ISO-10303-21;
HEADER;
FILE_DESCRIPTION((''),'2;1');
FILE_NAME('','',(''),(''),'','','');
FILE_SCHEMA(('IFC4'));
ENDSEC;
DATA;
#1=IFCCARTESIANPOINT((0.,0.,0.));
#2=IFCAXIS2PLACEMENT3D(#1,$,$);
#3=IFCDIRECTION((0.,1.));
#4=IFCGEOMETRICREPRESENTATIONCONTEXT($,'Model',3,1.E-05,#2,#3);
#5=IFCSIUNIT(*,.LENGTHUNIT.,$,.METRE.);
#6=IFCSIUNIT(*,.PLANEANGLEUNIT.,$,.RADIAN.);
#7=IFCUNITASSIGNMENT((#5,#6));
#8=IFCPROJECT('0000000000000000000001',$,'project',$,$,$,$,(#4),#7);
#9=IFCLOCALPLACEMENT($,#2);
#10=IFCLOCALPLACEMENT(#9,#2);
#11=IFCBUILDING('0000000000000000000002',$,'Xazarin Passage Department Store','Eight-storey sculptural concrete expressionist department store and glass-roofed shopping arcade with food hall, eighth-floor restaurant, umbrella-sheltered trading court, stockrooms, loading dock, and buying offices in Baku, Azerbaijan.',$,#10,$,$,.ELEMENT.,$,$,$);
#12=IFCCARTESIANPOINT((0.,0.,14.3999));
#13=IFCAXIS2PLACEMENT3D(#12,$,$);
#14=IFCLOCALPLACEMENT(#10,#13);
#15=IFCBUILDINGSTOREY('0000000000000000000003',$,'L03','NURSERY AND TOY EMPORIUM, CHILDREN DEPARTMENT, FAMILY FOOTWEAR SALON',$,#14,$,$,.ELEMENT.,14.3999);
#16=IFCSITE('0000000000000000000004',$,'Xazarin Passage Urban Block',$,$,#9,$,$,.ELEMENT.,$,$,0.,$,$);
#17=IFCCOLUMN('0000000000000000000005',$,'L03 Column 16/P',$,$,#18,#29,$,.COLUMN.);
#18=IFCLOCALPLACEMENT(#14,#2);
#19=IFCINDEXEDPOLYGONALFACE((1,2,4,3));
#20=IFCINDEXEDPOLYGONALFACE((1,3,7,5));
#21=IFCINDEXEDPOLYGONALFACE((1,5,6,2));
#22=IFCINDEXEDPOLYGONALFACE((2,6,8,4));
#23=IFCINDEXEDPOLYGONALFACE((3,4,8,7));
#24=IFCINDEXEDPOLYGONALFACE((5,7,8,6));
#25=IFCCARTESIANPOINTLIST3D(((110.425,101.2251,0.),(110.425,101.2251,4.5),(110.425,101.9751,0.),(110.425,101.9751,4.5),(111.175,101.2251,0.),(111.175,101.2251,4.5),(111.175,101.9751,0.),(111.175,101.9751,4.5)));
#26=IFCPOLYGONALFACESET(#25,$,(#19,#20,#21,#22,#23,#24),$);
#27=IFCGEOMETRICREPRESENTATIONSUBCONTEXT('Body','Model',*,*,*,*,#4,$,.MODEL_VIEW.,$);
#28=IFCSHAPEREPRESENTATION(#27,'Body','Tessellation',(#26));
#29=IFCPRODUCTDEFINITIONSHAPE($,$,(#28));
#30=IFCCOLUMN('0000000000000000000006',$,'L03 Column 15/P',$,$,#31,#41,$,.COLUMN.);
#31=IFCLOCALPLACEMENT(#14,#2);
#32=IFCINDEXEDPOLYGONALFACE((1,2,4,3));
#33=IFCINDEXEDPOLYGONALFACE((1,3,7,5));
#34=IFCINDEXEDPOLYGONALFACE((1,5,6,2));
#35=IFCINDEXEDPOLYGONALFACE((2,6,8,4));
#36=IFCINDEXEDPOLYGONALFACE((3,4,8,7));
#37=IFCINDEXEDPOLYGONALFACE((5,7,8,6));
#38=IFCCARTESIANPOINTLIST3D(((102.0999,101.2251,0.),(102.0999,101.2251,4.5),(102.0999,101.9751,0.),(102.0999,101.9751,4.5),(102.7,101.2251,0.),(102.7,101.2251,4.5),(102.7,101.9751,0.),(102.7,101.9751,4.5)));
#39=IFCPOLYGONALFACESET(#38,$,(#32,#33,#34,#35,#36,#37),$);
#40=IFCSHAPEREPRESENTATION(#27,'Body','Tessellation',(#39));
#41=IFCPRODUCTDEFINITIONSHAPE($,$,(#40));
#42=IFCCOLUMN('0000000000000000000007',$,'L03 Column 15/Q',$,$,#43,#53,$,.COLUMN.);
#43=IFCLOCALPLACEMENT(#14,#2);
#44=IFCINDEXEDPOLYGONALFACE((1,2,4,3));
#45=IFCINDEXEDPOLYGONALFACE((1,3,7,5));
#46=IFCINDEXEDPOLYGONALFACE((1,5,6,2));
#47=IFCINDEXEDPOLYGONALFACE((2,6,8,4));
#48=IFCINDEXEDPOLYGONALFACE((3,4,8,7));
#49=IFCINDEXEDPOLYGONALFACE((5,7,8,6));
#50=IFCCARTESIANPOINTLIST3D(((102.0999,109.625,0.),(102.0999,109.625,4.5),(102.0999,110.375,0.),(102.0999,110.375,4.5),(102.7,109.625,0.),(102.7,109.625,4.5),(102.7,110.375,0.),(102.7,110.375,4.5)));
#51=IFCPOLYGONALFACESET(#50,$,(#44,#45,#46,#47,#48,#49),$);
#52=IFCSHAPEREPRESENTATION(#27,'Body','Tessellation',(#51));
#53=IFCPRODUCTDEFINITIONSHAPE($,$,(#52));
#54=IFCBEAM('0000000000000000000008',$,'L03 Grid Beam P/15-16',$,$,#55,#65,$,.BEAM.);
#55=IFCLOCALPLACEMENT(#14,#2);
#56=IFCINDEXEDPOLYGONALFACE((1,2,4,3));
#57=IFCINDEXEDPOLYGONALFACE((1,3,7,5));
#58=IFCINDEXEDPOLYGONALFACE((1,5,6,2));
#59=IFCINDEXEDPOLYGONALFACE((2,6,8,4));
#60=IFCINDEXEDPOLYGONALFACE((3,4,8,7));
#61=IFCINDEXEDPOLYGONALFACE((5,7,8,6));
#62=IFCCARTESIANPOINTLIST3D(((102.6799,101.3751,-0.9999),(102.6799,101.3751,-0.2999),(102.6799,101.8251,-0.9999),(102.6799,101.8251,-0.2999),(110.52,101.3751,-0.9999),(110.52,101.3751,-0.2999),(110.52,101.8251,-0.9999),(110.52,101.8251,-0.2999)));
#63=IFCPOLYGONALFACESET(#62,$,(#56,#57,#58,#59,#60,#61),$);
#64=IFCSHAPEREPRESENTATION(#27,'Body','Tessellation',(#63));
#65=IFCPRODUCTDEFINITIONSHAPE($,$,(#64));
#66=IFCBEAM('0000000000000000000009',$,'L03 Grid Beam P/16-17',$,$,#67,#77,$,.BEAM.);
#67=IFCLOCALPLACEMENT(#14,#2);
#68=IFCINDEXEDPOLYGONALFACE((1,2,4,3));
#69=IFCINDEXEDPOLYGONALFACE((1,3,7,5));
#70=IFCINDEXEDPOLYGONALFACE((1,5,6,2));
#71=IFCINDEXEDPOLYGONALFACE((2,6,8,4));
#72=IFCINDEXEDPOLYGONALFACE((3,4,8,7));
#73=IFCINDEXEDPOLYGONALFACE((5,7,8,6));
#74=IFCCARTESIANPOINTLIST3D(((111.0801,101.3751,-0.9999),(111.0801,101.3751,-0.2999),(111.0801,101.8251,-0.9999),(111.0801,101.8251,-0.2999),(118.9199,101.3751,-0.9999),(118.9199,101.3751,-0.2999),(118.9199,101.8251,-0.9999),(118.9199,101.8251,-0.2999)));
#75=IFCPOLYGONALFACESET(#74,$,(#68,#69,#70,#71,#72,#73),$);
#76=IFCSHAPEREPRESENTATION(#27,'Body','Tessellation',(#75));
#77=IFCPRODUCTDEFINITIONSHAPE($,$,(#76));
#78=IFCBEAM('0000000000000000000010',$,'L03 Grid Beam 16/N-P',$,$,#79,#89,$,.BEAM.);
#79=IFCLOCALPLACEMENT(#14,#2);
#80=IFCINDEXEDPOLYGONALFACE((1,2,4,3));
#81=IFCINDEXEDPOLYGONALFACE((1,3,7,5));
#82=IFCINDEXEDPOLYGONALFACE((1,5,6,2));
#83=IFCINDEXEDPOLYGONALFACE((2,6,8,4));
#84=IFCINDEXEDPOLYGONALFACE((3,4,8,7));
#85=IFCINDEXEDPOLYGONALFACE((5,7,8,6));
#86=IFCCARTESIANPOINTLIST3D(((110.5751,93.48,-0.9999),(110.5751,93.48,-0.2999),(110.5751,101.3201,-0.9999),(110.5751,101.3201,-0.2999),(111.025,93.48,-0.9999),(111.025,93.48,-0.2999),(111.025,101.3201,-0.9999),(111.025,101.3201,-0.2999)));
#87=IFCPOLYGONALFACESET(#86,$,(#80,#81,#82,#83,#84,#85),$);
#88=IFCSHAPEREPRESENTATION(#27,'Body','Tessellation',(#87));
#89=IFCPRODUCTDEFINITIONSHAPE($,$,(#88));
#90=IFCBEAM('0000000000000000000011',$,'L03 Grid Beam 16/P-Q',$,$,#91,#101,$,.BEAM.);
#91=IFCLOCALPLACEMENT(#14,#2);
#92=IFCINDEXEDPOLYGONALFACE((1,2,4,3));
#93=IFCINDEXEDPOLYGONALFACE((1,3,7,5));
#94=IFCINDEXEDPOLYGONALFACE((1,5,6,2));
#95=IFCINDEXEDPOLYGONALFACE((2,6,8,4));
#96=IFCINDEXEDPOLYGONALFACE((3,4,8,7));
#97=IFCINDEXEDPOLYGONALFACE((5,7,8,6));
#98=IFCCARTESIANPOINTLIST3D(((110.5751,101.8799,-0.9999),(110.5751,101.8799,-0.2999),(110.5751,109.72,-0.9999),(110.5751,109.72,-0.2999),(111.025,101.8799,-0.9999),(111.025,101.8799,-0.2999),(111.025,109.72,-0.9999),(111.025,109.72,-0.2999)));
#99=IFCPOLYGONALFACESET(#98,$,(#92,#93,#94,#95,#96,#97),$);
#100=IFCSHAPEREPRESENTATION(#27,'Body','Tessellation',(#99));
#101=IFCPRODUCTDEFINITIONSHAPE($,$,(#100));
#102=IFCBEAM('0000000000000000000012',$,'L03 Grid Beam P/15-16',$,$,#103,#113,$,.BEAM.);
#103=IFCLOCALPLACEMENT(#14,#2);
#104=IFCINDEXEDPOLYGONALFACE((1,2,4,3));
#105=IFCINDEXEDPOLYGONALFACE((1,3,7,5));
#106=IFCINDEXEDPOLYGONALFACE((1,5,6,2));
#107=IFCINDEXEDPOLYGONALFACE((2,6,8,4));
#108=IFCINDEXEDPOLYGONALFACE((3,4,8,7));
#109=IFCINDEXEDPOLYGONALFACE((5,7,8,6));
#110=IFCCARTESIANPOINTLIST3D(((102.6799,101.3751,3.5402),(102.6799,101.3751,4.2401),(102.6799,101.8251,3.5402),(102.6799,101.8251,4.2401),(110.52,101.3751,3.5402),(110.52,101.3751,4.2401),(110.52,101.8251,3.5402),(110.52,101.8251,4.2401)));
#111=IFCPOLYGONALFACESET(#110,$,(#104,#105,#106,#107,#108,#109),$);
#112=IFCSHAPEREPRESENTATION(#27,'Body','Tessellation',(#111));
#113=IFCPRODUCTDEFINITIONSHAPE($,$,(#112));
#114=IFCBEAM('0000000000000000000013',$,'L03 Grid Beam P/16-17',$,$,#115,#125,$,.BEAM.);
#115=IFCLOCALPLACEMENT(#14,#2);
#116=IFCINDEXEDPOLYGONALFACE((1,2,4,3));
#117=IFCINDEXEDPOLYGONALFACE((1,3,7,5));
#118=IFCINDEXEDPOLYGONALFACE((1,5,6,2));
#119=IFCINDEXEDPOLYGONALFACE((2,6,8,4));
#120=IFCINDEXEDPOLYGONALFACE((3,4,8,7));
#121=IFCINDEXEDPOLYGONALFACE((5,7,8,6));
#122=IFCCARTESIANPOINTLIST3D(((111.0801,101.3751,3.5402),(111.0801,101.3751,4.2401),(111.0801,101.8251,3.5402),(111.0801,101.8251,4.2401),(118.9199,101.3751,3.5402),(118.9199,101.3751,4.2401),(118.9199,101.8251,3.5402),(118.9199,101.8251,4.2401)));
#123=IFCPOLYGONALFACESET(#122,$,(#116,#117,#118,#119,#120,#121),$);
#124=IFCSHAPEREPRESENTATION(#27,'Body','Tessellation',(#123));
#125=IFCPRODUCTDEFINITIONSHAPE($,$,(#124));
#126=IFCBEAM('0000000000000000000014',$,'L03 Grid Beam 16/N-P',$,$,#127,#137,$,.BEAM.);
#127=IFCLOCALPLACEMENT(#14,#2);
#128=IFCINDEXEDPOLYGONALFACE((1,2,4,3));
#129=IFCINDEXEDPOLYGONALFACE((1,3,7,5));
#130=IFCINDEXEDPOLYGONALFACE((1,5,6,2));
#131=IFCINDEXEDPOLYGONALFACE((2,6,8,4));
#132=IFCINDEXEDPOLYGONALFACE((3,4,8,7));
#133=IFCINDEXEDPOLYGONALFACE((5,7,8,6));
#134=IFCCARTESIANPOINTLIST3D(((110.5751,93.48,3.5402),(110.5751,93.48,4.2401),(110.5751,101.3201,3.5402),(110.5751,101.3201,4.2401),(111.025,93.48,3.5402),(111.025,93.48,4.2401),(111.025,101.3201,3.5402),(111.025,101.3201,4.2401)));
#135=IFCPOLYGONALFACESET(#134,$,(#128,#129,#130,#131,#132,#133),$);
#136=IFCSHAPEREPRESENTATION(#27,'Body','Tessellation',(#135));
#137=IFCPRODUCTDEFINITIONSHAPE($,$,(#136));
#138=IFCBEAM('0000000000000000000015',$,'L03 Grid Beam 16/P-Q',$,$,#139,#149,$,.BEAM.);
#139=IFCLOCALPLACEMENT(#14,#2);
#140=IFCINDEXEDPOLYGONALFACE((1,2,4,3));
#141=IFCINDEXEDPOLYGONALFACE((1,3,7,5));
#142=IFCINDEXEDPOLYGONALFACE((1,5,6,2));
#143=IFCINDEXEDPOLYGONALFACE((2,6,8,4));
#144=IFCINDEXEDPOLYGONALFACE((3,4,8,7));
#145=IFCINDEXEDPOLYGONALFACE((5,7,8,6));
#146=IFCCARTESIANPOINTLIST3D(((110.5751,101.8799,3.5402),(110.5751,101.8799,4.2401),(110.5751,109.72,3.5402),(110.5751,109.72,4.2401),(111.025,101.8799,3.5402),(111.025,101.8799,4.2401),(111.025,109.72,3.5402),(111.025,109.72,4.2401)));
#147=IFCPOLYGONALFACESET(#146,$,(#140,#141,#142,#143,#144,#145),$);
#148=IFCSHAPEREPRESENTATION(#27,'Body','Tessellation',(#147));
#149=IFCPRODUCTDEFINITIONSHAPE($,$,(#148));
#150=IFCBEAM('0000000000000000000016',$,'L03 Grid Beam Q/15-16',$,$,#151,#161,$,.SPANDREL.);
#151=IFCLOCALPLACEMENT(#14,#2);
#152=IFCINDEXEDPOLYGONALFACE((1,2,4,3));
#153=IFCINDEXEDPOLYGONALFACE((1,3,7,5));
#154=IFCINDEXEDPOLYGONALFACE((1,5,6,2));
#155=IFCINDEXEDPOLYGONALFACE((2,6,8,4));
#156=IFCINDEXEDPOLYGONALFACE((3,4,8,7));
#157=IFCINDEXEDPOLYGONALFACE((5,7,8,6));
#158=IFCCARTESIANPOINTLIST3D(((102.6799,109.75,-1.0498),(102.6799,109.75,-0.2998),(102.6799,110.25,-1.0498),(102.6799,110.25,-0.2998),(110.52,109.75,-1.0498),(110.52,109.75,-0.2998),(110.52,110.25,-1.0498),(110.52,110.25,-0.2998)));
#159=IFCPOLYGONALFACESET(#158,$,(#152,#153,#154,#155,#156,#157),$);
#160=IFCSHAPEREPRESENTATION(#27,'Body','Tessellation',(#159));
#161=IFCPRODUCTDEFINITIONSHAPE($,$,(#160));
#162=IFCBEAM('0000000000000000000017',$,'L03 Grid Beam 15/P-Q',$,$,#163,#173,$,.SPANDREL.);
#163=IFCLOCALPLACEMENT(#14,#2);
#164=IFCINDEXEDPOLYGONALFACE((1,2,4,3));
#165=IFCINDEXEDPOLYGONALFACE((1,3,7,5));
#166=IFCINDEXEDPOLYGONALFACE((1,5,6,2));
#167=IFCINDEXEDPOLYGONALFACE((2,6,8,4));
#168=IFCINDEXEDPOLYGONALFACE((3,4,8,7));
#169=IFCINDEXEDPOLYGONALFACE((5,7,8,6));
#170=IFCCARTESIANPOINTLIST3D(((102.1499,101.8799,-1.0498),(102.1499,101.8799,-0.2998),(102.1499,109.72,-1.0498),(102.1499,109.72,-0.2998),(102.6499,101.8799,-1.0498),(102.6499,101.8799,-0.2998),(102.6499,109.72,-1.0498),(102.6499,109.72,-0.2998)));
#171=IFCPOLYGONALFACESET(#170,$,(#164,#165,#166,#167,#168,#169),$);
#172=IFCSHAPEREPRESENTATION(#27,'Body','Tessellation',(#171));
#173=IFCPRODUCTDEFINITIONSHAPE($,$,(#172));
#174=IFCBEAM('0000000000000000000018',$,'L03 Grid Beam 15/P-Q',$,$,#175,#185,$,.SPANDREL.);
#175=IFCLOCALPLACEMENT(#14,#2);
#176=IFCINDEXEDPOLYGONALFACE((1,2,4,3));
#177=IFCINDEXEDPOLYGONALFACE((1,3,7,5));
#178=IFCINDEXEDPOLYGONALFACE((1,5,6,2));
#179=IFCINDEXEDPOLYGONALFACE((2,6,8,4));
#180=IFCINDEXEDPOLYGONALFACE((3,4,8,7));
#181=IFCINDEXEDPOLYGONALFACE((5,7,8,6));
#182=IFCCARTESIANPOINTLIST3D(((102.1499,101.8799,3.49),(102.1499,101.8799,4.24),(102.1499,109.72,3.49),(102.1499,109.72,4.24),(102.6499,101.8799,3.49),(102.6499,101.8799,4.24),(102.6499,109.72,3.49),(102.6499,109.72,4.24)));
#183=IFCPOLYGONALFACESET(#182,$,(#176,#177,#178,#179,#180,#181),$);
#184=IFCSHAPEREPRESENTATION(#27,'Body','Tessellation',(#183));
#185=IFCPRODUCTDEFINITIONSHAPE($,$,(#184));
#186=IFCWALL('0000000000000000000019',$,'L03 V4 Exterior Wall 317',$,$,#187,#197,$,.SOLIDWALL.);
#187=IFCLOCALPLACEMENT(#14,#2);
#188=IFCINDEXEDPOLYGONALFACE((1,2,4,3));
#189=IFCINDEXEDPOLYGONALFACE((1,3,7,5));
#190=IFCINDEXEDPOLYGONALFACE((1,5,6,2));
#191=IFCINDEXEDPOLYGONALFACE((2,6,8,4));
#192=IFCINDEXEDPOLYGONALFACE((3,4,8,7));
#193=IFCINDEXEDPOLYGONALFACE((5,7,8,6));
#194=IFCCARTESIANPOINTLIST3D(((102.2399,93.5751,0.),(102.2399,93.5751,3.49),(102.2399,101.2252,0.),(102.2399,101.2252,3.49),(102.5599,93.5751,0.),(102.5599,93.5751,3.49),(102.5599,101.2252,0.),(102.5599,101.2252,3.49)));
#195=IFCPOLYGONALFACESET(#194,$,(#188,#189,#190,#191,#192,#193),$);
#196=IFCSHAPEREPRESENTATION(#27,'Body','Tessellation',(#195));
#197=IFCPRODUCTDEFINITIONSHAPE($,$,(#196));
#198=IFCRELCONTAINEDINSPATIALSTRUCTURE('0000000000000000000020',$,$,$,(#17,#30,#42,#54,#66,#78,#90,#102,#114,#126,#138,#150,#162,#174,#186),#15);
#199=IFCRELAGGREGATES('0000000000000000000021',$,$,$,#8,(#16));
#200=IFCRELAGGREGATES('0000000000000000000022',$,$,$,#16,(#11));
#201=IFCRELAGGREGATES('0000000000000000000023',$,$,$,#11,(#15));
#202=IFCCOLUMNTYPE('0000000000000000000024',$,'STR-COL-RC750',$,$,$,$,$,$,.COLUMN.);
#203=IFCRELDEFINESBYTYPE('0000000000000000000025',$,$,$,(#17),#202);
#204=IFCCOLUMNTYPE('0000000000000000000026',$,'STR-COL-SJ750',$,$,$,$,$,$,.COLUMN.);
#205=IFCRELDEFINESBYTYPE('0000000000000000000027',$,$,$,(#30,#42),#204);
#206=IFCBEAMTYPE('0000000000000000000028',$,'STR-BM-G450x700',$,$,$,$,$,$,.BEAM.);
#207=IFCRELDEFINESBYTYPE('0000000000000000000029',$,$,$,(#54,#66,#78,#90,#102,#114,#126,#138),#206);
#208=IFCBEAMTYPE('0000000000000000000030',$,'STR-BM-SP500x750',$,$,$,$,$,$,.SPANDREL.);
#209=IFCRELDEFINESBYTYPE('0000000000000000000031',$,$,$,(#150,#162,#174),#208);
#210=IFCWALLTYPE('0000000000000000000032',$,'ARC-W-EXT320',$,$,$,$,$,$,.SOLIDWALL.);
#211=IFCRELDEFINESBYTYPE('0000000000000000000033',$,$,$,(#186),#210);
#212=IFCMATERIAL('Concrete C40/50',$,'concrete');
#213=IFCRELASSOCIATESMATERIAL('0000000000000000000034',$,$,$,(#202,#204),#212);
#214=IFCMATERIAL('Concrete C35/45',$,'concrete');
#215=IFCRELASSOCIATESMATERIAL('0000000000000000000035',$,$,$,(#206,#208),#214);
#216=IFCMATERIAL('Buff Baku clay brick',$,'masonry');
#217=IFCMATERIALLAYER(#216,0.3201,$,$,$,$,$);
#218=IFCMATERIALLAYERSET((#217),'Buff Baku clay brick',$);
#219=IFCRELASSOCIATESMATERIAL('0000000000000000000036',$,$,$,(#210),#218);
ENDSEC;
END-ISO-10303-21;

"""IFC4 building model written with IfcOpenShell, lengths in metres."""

from ifc_helpers import new_model, si_unit, direction, frame, frame_2d, origin, origin_2d, place, context, subcontext, project, spatial, rectangle, extrude, material, layer, layer_set, material_profile, profile_set, type_object, element, save


model = new_model("IFC4")

# Units and contexts
model_context = context("Model", 3, precision=1e-05, world=origin(), true_north=direction((0.0, 1.0)))
body_context = subcontext(model_context, "Body", "Model", "MODEL_VIEW")
ifc_project = project(units=[si_unit("LENGTHUNIT", "METRE"), si_unit("PLANEANGLEUNIT", "RADIAN")], contexts=[model_context])

# Site, building, storey
site_placement = place(None, origin())
site = spatial("IfcSite", under=ifc_project, at=site_placement, Name="Xazarin Passage Urban Block", CompositionType="ELEMENT", RefElevation=0.0)
building_placement = place(site_placement, origin())
building = spatial("IfcBuilding", under=site, at=building_placement, Name="Xazarin Passage Department Store", Description="Eight-storey sculptural concrete expressionist department store and glass-roofed shopping arcade with food hall, eighth-floor restaurant, umbrella-sheltered trading court, stockrooms, loading dock, and buying offices in Baku, Azerbaijan.", CompositionType="ELEMENT")
storey_placement = place(building_placement, frame((0.0, 0.0, 14.3999)))
storey = spatial("IfcBuildingStorey", under=building, at=storey_placement, Name="L03", Description="NURSERY AND TOY EMPORIUM, CHILDREN DEPARTMENT, FAMILY FOOTWEAR SALON", CompositionType="ELEMENT", Elevation=14.3999)

# Columns
ifc_material_1 = material(Name="Concrete C40/50", Category="concrete")
ifc_material_profile_1 = material_profile(ifc_material_1, rectangle(XDim=0.75, YDim=0.75, at=origin_2d()), Name="RC 750x750")
ifc_profile_set_1 = profile_set([ifc_material_profile_1], Name="Concrete C40/50")
column_type_1 = type_object("IfcColumnType", Name="STR-COL-RC750", PredefinedType="COLUMN", material=ifc_profile_set_1)
column_placement = place(storey_placement, frame((110.8, 101.6001, 0.0), z_axis=(0.0, 0.0, 1.0), x_axis=(1.0, 0.0, 0.0)))
element("IfcColumn", 1, at=column_placement, inside=storey, type_object=column_type_1, Name="L03 Column 16/P", PredefinedType="COLUMN", context=body_context, shape_type="SweptSolid", body=[
    extrude(rectangle(XDim=0.75, YDim=0.75, at=origin_2d()), origin(), (0.0, 0.0, 1.0), 4.5),
])
ifc_material_profile_2 = material_profile(ifc_material_1, rectangle(XDim=0.6001, YDim=0.75, at=origin_2d()), Name="RC 600x750")
ifc_profile_set_2 = profile_set([ifc_material_profile_2], Name="Concrete C40/50")
column_type_2 = type_object("IfcColumnType", Name="STR-COL-SJ750", PredefinedType="COLUMN", material=ifc_profile_set_2)
for number, where, z_axis, x_axis, name in (
    (2, (102.3999, 101.6001, 0.0), (0.0, 0.0, 1.0), (1.0, 0.0, 0.0), "L03 Column 15/P"),
    (3, (102.3999, 110.0, 0.0), (0.0, 0.0, 1.0), (1.0, 0.0, 0.0), "L03 Column 15/Q"),
):
    element("IfcColumn", number, at=place(storey_placement, frame(where, z_axis=z_axis, x_axis=x_axis)), inside=storey, type_object=column_type_2, Name=name, PredefinedType="COLUMN", context=body_context, shape_type="SweptSolid", body=[
        extrude(rectangle(XDim=0.6001, YDim=0.75, at=origin_2d()), origin(), (0.0, 0.0, 1.0), 4.5),
    ])

# Beams
ifc_material_2 = material(Name="Concrete C35/45", Category="concrete")
ifc_material_profile_3 = material_profile(ifc_material_2, rectangle(XDim=0.45, YDim=0.7, at=origin_2d()), Name="RC 450x700")
ifc_profile_set_3 = profile_set([ifc_material_profile_3], Name="Concrete C35/45")
beam_type_1 = type_object("IfcBeamType", Name="STR-BM-G450x700", PredefinedType="BEAM", material=ifc_profile_set_3)
beam_1_placement = place(storey_placement, frame((102.6799, 101.6001, -0.6499), z_axis=(1.0, 0.0, 0.0), x_axis=(0.0, 1.0, 0.0)))
element("IfcBeam", 4, at=beam_1_placement, inside=storey, type_object=beam_type_1, Name="L03 Grid Beam P/15-16", PredefinedType="BEAM", context=body_context, shape_type="SweptSolid", body=[
    extrude(rectangle(XDim=0.45, YDim=0.7, at=origin_2d()), origin(), (0.0, 0.0, 1.0), 7.8401),
])
beam_2_placement = place(storey_placement, frame((111.0801, 101.6001, -0.6499), z_axis=(1.0, 0.0, 0.0), x_axis=(0.0, 1.0, 0.0)))
element("IfcBeam", 5, at=beam_2_placement, inside=storey, type_object=beam_type_1, Name="L03 Grid Beam P/16-17", PredefinedType="BEAM", context=body_context, shape_type="SweptSolid", body=[
    extrude(rectangle(XDim=0.45, YDim=0.7, at=origin_2d()), origin(), (0.0, 0.0, 1.0), 7.8398),
])
for number, where, z_axis, x_axis, name in (
    (6, (110.8, 93.48, -0.6499), (0.0, 1.0, 0.0), (-1.0, 0.0, 0.0), "L03 Grid Beam 16/N-P"),
    (7, (110.8, 101.8799, -0.6499), (0.0, 1.0, 0.0), (-1.0, 0.0, 0.0), "L03 Grid Beam 16/P-Q"),
    (8, (102.6799, 101.6001, 3.8901), (1.0, 0.0, 0.0), (0.0, 1.0, 0.0), "L03 Grid Beam P/15-16"),
):
    element("IfcBeam", number, at=place(storey_placement, frame(where, z_axis=z_axis, x_axis=x_axis)), inside=storey, type_object=beam_type_1, Name=name, PredefinedType="BEAM", context=body_context, shape_type="SweptSolid", body=[
        extrude(rectangle(XDim=0.45, YDim=0.7, at=origin_2d()), origin(), (0.0, 0.0, 1.0), 7.8401),
    ])
beam_3_placement = place(storey_placement, frame((111.0801, 101.6001, 3.8901), z_axis=(1.0, 0.0, 0.0), x_axis=(0.0, 1.0, 0.0)))
element("IfcBeam", 9, at=beam_3_placement, inside=storey, type_object=beam_type_1, Name="L03 Grid Beam P/16-17", PredefinedType="BEAM", context=body_context, shape_type="SweptSolid", body=[
    extrude(rectangle(XDim=0.45, YDim=0.7, at=origin_2d()), origin(), (0.0, 0.0, 1.0), 7.8398),
])
for number, where, z_axis, x_axis, name in (
    (10, (110.8, 93.48, 3.8901), (0.0, 1.0, 0.0), (-1.0, 0.0, 0.0), "L03 Grid Beam 16/N-P"),
    (11, (110.8, 101.8799, 3.8901), (0.0, 1.0, 0.0), (-1.0, 0.0, 0.0), "L03 Grid Beam 16/P-Q"),
):
    element("IfcBeam", number, at=place(storey_placement, frame(where, z_axis=z_axis, x_axis=x_axis)), inside=storey, type_object=beam_type_1, Name=name, PredefinedType="BEAM", context=body_context, shape_type="SweptSolid", body=[
        extrude(rectangle(XDim=0.45, YDim=0.7, at=origin_2d()), origin(), (0.0, 0.0, 1.0), 7.8401),
    ])
ifc_material_profile_4 = material_profile(ifc_material_2, rectangle(XDim=0.5, YDim=0.75, at=origin_2d()), Name="RC 500x750")
ifc_profile_set_4 = profile_set([ifc_material_profile_4], Name="Concrete C35/45")
beam_type_2 = type_object("IfcBeamType", Name="STR-BM-SP500x750", PredefinedType="SPANDREL", material=ifc_profile_set_4)
for number, where, z_axis, x_axis, name in (
    (12, (102.6799, 110.0, -0.6748), (1.0, 0.0, 0.0), (0.0, 1.0, 0.0), "L03 Grid Beam Q/15-16"),
    (13, (102.3999, 101.8799, -0.6748), (0.0, 1.0, 0.0), (-1.0, 0.0, 0.0), "L03 Grid Beam 15/P-Q"),
    (14, (102.3999, 101.8799, 3.865), (0.0, 1.0, 0.0), (-1.0, 0.0, 0.0), "L03 Grid Beam 15/P-Q"),
):
    element("IfcBeam", number, at=place(storey_placement, frame(where, z_axis=z_axis, x_axis=x_axis)), inside=storey, type_object=beam_type_2, Name=name, PredefinedType="SPANDREL", context=body_context, shape_type="SweptSolid", body=[
        extrude(rectangle(XDim=0.5, YDim=0.75, at=origin_2d()), origin(), (0.0, 0.0, 1.0), 7.8401),
    ])

# Wall
ifc_material_3 = material(Name="Buff Baku clay brick", Category="masonry")
ifc_layer_1 = layer(ifc_material_3, 0.3201)
ifc_layer_set_1 = layer_set([ifc_layer_1], Name="Buff Baku clay brick")
wall_type_1 = type_object("IfcWallType", Name="ARC-W-EXT320", PredefinedType="SOLIDWALL", material=ifc_layer_set_1)
wall_1_placement = place(storey_placement, frame((102.3999, 93.575, 0.0), z_axis=(0.0, 0.0, 1.0), x_axis=(0.0, 1.0, 0.0)))
element("IfcWall", 15, at=wall_1_placement, inside=storey, type_object=wall_type_1, Name="L03 V4 Exterior Wall 317", PredefinedType="SOLIDWALL", context=body_context, shape_type="SweptSolid", body=[
    extrude(rectangle(XDim=7.6501, YDim=0.3201, at=frame_2d((3.8252, 0.0))), origin(), (0.0, 0.0, 1.0), 3.49),
])

save(model, "model.ifc")
